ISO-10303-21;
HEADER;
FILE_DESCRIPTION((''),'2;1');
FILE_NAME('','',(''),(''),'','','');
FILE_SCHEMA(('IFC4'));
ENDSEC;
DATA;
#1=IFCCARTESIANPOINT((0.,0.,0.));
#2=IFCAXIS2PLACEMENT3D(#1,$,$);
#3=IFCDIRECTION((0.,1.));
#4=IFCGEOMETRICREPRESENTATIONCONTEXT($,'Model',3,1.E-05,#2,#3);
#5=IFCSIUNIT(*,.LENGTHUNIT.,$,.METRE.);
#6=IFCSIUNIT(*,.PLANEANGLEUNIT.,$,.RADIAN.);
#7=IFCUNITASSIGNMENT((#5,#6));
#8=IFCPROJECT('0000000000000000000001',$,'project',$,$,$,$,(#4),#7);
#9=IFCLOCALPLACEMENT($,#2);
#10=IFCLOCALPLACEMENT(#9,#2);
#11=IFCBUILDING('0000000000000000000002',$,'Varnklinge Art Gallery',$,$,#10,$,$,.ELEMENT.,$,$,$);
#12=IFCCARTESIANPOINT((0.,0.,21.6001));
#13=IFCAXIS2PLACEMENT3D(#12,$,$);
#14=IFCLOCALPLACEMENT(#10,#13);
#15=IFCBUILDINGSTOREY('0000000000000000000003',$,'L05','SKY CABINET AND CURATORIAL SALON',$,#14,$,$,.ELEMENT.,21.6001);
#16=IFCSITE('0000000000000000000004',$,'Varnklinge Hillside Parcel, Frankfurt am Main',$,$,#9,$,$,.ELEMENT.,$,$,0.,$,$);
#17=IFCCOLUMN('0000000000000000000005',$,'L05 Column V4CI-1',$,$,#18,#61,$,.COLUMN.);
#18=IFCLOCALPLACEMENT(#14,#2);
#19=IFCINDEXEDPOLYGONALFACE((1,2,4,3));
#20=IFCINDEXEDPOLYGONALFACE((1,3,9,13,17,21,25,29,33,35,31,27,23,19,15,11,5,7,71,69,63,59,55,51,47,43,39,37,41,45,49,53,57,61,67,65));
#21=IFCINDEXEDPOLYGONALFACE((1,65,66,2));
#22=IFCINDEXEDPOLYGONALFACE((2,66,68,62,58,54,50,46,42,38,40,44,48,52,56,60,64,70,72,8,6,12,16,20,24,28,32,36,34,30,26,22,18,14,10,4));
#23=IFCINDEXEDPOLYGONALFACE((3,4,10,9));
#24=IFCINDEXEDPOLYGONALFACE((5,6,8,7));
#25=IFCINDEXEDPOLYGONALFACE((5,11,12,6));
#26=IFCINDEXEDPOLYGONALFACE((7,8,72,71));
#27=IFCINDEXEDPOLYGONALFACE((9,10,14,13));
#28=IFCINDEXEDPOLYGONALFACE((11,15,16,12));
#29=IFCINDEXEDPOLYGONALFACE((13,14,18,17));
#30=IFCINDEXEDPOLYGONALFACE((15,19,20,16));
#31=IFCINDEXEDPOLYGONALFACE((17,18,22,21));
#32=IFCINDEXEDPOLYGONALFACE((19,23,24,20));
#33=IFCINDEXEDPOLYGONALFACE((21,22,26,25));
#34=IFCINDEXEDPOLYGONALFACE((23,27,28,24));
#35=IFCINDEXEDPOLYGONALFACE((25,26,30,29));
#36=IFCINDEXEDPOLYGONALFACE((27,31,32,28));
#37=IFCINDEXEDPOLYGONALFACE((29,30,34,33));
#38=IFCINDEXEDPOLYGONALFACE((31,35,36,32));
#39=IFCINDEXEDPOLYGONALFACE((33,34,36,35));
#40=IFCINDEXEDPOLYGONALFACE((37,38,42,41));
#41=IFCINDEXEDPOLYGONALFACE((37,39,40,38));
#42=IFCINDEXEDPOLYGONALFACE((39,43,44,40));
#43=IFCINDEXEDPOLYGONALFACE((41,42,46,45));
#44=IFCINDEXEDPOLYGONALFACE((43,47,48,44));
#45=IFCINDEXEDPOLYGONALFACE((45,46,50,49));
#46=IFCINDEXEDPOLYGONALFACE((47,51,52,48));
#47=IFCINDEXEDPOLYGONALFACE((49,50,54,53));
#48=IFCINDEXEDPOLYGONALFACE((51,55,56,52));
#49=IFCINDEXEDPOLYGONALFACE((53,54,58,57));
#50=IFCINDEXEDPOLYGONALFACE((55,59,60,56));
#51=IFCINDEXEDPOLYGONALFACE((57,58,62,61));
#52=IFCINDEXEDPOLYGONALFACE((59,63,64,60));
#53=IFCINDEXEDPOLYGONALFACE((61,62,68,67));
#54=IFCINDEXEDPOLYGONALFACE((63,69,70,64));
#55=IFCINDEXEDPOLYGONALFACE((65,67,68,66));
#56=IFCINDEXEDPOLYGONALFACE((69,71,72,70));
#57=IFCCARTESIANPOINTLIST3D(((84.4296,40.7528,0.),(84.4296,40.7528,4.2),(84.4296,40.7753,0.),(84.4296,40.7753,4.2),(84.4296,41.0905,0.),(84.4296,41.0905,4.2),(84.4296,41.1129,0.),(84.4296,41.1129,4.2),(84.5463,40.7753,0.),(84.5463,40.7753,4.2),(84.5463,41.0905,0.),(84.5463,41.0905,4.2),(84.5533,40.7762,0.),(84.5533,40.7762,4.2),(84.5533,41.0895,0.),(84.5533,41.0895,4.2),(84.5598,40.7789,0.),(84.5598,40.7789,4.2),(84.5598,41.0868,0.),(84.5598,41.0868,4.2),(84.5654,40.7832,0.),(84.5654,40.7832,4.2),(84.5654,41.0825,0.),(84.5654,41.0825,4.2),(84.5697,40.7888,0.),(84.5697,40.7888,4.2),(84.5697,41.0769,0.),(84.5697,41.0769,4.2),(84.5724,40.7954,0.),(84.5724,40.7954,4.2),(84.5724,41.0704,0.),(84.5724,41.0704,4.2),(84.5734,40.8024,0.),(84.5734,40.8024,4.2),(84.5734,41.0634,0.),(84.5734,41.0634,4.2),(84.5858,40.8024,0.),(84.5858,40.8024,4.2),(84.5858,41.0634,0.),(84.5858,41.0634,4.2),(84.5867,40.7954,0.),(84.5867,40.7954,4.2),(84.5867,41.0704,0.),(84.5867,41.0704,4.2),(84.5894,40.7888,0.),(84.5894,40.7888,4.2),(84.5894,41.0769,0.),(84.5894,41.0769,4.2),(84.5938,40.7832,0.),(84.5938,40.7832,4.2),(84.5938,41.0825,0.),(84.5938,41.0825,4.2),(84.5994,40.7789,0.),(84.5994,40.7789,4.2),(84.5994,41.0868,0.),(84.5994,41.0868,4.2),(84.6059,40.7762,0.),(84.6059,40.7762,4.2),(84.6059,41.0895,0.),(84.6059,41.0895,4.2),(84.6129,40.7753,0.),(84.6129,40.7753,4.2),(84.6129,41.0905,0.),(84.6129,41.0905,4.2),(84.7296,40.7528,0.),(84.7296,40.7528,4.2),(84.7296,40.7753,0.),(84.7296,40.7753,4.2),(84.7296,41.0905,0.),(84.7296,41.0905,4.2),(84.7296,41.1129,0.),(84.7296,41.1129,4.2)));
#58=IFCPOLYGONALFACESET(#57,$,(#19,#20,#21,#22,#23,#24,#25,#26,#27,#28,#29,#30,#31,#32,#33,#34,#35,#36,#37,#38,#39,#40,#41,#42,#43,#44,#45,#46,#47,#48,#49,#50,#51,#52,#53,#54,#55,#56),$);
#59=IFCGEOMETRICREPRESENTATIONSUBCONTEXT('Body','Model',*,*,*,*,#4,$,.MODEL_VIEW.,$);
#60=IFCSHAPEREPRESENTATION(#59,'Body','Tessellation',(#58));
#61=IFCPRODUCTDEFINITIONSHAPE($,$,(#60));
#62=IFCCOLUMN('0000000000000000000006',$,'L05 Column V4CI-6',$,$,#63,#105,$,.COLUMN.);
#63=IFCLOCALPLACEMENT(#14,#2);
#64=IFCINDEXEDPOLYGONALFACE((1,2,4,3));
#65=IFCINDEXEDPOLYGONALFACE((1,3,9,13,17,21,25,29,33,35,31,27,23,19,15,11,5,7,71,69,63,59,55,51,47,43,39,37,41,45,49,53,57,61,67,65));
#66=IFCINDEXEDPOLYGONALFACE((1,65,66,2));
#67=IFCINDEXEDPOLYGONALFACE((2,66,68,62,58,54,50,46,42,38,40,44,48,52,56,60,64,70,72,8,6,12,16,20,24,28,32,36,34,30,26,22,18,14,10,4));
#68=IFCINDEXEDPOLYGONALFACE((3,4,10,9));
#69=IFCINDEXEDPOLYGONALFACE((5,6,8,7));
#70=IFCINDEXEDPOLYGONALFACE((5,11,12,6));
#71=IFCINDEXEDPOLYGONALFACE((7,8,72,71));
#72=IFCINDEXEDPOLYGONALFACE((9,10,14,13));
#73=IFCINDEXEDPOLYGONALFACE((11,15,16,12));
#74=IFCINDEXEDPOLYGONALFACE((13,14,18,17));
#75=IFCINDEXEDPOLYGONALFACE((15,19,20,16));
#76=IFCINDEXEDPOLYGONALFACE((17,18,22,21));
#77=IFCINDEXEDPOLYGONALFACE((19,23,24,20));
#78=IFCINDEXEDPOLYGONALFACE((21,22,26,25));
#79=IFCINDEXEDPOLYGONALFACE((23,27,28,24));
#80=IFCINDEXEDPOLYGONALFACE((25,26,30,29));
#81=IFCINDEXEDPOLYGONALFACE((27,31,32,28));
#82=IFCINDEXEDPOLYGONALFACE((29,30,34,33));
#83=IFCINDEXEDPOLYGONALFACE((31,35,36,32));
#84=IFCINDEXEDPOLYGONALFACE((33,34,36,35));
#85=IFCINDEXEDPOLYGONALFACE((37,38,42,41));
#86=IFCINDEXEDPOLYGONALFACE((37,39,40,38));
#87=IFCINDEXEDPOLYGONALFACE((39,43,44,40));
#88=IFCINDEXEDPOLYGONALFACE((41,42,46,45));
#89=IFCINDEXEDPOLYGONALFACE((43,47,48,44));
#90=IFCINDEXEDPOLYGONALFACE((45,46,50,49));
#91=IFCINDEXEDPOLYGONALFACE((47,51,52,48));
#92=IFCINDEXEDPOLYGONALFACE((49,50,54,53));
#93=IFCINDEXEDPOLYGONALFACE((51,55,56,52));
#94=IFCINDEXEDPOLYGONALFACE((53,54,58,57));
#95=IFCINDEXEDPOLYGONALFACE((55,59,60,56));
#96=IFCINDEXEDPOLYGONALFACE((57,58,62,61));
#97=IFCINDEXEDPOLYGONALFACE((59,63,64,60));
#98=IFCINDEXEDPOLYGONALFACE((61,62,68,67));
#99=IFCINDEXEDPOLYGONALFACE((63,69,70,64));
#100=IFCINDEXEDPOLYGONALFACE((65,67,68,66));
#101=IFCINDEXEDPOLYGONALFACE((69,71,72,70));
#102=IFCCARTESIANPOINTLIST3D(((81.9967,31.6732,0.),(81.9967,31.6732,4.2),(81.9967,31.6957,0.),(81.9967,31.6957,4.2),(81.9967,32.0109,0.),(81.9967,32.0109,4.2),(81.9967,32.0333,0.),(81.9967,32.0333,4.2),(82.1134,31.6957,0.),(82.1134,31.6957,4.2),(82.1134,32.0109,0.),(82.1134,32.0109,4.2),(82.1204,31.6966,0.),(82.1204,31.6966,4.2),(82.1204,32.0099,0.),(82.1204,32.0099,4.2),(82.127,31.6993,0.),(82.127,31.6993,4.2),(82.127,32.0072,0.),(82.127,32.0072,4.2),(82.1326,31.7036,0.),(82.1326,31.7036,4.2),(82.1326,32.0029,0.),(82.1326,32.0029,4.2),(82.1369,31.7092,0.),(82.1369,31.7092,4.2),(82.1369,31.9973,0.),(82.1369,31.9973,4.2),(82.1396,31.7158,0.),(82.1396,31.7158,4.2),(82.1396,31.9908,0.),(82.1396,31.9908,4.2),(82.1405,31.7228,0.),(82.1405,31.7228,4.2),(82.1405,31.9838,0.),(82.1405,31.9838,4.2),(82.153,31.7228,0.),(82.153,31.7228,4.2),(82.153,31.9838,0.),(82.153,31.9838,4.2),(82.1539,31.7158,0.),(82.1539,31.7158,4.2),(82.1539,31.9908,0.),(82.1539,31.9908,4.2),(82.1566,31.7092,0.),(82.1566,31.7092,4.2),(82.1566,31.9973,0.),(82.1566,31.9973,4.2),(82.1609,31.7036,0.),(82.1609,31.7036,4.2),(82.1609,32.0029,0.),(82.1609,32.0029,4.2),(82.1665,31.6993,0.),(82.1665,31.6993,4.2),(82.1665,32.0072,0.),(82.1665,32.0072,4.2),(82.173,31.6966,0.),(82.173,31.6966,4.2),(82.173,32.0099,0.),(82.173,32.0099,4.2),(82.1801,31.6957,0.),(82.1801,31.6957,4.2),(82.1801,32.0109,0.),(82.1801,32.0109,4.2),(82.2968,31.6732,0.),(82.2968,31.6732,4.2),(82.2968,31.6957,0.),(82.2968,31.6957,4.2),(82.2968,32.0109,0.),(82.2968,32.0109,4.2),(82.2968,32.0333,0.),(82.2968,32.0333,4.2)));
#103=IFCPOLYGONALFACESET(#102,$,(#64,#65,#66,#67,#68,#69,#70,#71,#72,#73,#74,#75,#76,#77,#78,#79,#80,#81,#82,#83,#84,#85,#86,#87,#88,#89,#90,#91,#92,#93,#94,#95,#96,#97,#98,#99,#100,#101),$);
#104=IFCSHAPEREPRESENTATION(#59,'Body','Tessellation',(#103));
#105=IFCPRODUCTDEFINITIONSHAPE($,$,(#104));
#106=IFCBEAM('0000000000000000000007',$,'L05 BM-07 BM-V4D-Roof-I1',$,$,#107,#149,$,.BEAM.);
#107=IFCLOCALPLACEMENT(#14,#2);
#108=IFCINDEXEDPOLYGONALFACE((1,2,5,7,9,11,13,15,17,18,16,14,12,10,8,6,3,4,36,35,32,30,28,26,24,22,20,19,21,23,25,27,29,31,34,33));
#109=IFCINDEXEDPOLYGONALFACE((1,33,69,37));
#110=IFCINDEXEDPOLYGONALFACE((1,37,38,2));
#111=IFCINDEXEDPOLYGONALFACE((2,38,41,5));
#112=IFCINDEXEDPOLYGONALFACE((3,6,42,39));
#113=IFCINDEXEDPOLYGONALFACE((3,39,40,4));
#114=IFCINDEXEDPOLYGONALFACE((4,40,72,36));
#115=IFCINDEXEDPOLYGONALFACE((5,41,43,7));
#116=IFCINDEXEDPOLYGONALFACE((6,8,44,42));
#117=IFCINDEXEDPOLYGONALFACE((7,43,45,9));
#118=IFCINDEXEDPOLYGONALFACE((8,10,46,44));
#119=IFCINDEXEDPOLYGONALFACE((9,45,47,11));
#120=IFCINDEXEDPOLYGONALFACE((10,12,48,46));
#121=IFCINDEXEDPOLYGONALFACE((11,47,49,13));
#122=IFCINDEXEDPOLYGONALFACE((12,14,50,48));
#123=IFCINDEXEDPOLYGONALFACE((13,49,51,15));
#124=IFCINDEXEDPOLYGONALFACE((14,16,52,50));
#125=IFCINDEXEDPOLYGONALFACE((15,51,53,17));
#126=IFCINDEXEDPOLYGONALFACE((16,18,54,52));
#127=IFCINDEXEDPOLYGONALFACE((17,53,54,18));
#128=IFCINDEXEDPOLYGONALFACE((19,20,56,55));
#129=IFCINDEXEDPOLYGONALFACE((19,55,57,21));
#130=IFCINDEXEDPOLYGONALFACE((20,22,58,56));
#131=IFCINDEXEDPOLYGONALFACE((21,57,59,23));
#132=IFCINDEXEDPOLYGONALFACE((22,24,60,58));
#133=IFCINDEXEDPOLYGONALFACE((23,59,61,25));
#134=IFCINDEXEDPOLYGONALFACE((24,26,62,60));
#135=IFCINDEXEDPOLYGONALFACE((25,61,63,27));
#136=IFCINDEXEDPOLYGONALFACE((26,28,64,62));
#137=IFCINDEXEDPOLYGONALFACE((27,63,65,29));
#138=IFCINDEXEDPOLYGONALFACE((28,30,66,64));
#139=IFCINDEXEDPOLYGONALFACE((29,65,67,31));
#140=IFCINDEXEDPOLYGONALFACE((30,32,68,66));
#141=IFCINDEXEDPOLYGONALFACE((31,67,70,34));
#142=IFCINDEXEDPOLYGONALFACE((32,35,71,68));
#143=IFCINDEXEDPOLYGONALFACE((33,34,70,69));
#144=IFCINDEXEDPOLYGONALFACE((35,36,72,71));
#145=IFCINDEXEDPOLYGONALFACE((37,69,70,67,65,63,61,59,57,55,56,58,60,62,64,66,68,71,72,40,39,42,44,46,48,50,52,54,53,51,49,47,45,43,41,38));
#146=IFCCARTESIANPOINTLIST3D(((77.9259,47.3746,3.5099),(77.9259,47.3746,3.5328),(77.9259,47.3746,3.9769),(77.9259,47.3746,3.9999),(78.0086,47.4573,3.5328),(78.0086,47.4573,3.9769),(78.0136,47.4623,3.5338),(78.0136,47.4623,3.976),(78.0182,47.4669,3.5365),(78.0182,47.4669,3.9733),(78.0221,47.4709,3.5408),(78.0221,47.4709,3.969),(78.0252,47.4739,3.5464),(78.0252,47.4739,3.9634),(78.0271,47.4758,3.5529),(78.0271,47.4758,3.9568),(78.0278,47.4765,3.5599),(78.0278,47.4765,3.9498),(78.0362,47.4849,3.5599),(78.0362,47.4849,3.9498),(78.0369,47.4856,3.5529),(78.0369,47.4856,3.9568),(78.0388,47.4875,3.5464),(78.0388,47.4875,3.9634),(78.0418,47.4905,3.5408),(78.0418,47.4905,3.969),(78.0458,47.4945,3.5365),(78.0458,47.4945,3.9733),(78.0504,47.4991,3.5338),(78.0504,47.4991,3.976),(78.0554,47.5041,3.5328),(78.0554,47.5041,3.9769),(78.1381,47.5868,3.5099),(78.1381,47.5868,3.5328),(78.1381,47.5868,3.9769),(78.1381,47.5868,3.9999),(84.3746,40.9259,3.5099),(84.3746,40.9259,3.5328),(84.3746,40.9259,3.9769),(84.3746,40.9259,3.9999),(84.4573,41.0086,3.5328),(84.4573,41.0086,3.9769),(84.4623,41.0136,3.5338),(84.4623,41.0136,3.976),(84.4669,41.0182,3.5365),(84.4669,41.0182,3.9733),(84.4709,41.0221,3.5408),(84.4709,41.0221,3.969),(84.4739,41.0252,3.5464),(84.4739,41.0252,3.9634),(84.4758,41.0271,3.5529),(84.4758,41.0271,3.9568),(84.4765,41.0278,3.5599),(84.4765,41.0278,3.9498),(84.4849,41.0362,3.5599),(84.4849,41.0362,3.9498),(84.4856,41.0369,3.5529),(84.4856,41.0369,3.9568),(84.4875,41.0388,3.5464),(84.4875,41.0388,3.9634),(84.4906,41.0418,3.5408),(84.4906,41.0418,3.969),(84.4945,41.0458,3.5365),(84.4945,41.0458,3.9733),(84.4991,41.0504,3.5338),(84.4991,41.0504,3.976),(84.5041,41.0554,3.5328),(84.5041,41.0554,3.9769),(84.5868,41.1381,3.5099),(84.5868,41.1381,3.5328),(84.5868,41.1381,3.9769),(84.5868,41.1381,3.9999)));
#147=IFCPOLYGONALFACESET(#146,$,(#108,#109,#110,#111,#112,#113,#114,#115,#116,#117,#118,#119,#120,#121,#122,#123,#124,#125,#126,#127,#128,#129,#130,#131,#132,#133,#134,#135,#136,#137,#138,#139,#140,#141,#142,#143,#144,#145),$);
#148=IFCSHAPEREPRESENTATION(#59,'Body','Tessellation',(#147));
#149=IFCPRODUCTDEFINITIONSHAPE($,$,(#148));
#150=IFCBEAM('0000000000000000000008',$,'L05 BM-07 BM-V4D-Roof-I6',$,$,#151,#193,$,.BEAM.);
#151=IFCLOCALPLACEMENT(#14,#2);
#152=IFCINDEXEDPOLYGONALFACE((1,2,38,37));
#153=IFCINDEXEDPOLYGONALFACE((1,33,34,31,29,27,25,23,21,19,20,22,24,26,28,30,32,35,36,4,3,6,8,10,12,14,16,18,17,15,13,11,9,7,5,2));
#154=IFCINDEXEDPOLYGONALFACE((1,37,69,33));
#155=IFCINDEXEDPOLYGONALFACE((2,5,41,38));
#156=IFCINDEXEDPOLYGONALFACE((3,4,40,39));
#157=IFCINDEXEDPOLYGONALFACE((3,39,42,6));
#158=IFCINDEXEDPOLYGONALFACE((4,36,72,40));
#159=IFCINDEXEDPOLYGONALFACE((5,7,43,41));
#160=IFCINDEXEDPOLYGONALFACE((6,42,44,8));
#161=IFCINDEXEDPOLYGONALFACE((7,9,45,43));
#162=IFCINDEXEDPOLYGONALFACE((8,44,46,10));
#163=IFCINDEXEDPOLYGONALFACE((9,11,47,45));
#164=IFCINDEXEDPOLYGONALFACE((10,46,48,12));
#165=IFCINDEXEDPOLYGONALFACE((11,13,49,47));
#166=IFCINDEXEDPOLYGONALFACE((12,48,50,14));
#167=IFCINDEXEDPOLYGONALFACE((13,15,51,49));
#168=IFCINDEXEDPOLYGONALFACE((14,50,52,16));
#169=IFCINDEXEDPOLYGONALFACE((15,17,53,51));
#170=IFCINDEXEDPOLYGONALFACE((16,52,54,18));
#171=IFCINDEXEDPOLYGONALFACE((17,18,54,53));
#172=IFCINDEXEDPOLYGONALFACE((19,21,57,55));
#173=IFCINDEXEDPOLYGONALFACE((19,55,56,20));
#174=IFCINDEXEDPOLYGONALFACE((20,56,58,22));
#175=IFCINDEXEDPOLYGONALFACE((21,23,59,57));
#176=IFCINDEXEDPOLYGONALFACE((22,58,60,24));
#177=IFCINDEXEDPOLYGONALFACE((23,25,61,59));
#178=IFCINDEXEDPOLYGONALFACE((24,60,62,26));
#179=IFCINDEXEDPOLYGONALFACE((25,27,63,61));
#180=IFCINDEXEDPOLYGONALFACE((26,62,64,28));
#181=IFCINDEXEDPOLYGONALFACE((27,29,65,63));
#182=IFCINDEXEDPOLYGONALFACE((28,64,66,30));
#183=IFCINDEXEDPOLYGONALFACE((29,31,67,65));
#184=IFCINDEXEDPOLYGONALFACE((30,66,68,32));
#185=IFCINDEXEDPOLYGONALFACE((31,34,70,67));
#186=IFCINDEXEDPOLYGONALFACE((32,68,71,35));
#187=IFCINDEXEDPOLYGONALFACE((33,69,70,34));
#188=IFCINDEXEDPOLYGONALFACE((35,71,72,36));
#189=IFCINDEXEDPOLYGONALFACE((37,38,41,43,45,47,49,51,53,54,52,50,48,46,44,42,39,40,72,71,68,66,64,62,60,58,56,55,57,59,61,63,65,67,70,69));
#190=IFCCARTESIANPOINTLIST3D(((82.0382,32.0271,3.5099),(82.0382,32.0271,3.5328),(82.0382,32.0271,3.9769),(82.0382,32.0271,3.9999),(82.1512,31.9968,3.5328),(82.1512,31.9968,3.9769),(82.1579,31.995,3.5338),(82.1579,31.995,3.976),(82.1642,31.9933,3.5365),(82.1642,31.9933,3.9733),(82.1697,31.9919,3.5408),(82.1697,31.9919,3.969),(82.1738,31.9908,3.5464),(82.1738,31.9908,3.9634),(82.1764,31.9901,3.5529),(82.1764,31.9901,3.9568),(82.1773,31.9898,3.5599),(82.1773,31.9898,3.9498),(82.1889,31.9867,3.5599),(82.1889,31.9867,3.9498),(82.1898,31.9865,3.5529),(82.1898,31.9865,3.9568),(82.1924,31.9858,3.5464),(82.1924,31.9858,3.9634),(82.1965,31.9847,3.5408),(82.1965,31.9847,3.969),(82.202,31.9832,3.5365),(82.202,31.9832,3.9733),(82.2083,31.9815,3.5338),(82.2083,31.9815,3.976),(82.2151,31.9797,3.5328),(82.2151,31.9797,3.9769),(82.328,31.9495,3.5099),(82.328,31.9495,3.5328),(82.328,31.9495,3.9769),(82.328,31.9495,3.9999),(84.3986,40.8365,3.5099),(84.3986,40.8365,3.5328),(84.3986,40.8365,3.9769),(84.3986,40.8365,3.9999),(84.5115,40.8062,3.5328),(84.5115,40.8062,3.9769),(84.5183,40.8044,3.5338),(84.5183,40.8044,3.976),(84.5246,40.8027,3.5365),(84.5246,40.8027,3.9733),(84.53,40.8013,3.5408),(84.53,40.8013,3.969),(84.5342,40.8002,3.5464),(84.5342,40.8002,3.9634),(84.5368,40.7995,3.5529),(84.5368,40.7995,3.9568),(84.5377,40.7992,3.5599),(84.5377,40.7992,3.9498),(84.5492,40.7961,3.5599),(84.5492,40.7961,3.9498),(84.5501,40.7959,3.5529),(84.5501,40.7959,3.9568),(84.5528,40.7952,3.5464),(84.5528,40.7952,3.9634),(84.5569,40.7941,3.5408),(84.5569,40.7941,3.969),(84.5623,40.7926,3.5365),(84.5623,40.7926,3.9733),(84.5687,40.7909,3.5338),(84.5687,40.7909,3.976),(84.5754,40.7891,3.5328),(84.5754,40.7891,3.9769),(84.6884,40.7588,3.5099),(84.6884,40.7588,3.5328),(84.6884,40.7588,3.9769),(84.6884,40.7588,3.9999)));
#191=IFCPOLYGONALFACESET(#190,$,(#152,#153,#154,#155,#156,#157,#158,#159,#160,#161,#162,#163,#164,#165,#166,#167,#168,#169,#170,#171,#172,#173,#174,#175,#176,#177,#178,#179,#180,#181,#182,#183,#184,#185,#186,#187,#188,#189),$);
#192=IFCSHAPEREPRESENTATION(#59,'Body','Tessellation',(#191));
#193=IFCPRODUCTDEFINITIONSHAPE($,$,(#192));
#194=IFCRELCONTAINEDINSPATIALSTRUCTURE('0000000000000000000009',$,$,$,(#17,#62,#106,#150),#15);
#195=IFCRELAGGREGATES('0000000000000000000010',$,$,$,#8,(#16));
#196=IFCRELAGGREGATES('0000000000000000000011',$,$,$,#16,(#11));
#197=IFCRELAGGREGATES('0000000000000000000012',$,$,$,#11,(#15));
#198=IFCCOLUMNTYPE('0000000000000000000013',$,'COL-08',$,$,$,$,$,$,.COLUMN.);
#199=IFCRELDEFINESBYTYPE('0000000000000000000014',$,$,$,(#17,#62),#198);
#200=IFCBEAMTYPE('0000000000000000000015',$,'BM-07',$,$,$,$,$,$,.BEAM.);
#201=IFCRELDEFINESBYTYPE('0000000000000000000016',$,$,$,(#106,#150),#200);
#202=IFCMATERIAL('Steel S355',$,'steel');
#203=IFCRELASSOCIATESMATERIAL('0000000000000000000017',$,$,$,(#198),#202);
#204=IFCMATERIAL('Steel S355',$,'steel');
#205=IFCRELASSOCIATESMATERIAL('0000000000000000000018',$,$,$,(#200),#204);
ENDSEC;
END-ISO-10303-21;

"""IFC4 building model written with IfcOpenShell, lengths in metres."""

from ifc_helpers import new_model, si_unit, direction, frame, origin, origin_2d, place, context, subcontext, project, spatial, i_section, extrude, material, material_profile, profile_set, type_object, element, save


model = new_model("IFC4")

# Units and contexts
model_context = context("Model", 3, precision=1e-05, world=origin(), true_north=direction((0.0, 1.0)))
body_context = subcontext(model_context, "Body", "Model", "MODEL_VIEW")
ifc_project = project(units=[si_unit("LENGTHUNIT", "METRE"), si_unit("PLANEANGLEUNIT", "RADIAN")], contexts=[model_context])

# Site, building, storey
site_placement = place(None, origin())
site = spatial("IfcSite", under=ifc_project, at=site_placement, Name="Varnklinge Hillside Parcel, Frankfurt am Main", CompositionType="ELEMENT", RefElevation=0.0)
building_placement = place(site_placement, origin())
building = spatial("IfcBuilding", under=site, at=building_placement, Name="Varnklinge Art Gallery", CompositionType="ELEMENT")
storey_placement = place(building_placement, frame((0.0, 0.0, 21.6001)))
storey = spatial("IfcBuildingStorey", under=building, at=storey_placement, Name="L05", Description="SKY CABINET AND CURATORIAL SALON", CompositionType="ELEMENT", Elevation=21.6001)

# Columns
ifc_material_1 = material(Name="Steel S355", Category="steel")
ifc_material_profile_1 = material_profile(ifc_material_1, i_section(OverallWidth=0.3, OverallDepth=0.3601, WebThickness=0.0125, FlangeThickness=0.0225, FilletRadius=0.0271, at=origin_2d()), Name="HEB 360")
ifc_profile_set_1 = profile_set([ifc_material_profile_1], Name="Steel S355")
column_type = type_object("IfcColumnType", Name="COL-08", PredefinedType="COLUMN", material=ifc_profile_set_1)
for number, where, z_axis, x_axis, name in (
    (1, (84.5796, 40.9329, 0.0), (0.0, 0.0, 1.0), (1.0, 0.0, 0.0), "L05 Column V4CI-1"),
    (2, (82.1467, 31.8533, 0.0), (0.0, 0.0, 1.0), (1.0, 0.0, 0.0), "L05 Column V4CI-6"),
):
    element("IfcColumn", number, at=place(storey_placement, frame(where, z_axis=z_axis, x_axis=x_axis)), inside=storey, type_object=column_type, Name=name, PredefinedType="COLUMN", context=body_context, shape_type="SweptSolid", body=[
        extrude(i_section(OverallWidth=0.3, OverallDepth=0.3601, WebThickness=0.0125, FlangeThickness=0.0225, FilletRadius=0.0271, at=origin_2d()), origin(), (0.0, 0.0, 1.0), 4.2),
    ])

# Beams
ifc_material_2 = material(Name="Steel S355", Category="steel")
ifc_material_profile_2 = material_profile(ifc_material_2, i_section(OverallWidth=0.3, OverallDepth=0.49, WebThickness=0.012, FlangeThickness=0.0229, FilletRadius=0.0271, at=origin_2d()), Name="HEA 500")
ifc_profile_set_2 = profile_set([ifc_material_profile_2], Name="Steel S355")
beam_type = type_object("IfcBeamType", Name="BM-07", PredefinedType="BEAM", material=ifc_profile_set_2)
beam_1_placement = place(storey_placement, frame((84.4807, 41.032, 3.7549), z_axis=(-0.707107, 0.707107, 0.0), x_axis=(-0.707107, -0.707107, 0.0)))
element("IfcBeam", 3, at=beam_1_placement, inside=storey, type_object=beam_type, Name="L05 BM-07 BM-V4D-Roof-I1", PredefinedType="BEAM", context=body_context, shape_type="SweptSolid", body=[
    extrude(i_section(OverallWidth=0.3, OverallDepth=0.49, WebThickness=0.012, FlangeThickness=0.0229, FilletRadius=0.0271, at=origin_2d()), origin(), (0.0, 0.0, 1.0), 9.1199),
])
beam_2_placement = place(storey_placement, frame((82.1831, 31.9883, 3.7549), z_axis=(0.258809, 0.965929, 0.0), x_axis=(-0.965929, 0.258809, 0.0)))
element("IfcBeam", 4, at=beam_2_placement, inside=storey, type_object=beam_type, Name="L05 BM-07 BM-V4D-Roof-I6", PredefinedType="BEAM", context=body_context, shape_type="SweptSolid", body=[
    extrude(i_section(OverallWidth=0.3, OverallDepth=0.49, WebThickness=0.012, FlangeThickness=0.0229, FilletRadius=0.0271, at=origin_2d()), origin(), (0.0, 0.0, 1.0), 9.1201),
])

save(model, "model.ifc")
